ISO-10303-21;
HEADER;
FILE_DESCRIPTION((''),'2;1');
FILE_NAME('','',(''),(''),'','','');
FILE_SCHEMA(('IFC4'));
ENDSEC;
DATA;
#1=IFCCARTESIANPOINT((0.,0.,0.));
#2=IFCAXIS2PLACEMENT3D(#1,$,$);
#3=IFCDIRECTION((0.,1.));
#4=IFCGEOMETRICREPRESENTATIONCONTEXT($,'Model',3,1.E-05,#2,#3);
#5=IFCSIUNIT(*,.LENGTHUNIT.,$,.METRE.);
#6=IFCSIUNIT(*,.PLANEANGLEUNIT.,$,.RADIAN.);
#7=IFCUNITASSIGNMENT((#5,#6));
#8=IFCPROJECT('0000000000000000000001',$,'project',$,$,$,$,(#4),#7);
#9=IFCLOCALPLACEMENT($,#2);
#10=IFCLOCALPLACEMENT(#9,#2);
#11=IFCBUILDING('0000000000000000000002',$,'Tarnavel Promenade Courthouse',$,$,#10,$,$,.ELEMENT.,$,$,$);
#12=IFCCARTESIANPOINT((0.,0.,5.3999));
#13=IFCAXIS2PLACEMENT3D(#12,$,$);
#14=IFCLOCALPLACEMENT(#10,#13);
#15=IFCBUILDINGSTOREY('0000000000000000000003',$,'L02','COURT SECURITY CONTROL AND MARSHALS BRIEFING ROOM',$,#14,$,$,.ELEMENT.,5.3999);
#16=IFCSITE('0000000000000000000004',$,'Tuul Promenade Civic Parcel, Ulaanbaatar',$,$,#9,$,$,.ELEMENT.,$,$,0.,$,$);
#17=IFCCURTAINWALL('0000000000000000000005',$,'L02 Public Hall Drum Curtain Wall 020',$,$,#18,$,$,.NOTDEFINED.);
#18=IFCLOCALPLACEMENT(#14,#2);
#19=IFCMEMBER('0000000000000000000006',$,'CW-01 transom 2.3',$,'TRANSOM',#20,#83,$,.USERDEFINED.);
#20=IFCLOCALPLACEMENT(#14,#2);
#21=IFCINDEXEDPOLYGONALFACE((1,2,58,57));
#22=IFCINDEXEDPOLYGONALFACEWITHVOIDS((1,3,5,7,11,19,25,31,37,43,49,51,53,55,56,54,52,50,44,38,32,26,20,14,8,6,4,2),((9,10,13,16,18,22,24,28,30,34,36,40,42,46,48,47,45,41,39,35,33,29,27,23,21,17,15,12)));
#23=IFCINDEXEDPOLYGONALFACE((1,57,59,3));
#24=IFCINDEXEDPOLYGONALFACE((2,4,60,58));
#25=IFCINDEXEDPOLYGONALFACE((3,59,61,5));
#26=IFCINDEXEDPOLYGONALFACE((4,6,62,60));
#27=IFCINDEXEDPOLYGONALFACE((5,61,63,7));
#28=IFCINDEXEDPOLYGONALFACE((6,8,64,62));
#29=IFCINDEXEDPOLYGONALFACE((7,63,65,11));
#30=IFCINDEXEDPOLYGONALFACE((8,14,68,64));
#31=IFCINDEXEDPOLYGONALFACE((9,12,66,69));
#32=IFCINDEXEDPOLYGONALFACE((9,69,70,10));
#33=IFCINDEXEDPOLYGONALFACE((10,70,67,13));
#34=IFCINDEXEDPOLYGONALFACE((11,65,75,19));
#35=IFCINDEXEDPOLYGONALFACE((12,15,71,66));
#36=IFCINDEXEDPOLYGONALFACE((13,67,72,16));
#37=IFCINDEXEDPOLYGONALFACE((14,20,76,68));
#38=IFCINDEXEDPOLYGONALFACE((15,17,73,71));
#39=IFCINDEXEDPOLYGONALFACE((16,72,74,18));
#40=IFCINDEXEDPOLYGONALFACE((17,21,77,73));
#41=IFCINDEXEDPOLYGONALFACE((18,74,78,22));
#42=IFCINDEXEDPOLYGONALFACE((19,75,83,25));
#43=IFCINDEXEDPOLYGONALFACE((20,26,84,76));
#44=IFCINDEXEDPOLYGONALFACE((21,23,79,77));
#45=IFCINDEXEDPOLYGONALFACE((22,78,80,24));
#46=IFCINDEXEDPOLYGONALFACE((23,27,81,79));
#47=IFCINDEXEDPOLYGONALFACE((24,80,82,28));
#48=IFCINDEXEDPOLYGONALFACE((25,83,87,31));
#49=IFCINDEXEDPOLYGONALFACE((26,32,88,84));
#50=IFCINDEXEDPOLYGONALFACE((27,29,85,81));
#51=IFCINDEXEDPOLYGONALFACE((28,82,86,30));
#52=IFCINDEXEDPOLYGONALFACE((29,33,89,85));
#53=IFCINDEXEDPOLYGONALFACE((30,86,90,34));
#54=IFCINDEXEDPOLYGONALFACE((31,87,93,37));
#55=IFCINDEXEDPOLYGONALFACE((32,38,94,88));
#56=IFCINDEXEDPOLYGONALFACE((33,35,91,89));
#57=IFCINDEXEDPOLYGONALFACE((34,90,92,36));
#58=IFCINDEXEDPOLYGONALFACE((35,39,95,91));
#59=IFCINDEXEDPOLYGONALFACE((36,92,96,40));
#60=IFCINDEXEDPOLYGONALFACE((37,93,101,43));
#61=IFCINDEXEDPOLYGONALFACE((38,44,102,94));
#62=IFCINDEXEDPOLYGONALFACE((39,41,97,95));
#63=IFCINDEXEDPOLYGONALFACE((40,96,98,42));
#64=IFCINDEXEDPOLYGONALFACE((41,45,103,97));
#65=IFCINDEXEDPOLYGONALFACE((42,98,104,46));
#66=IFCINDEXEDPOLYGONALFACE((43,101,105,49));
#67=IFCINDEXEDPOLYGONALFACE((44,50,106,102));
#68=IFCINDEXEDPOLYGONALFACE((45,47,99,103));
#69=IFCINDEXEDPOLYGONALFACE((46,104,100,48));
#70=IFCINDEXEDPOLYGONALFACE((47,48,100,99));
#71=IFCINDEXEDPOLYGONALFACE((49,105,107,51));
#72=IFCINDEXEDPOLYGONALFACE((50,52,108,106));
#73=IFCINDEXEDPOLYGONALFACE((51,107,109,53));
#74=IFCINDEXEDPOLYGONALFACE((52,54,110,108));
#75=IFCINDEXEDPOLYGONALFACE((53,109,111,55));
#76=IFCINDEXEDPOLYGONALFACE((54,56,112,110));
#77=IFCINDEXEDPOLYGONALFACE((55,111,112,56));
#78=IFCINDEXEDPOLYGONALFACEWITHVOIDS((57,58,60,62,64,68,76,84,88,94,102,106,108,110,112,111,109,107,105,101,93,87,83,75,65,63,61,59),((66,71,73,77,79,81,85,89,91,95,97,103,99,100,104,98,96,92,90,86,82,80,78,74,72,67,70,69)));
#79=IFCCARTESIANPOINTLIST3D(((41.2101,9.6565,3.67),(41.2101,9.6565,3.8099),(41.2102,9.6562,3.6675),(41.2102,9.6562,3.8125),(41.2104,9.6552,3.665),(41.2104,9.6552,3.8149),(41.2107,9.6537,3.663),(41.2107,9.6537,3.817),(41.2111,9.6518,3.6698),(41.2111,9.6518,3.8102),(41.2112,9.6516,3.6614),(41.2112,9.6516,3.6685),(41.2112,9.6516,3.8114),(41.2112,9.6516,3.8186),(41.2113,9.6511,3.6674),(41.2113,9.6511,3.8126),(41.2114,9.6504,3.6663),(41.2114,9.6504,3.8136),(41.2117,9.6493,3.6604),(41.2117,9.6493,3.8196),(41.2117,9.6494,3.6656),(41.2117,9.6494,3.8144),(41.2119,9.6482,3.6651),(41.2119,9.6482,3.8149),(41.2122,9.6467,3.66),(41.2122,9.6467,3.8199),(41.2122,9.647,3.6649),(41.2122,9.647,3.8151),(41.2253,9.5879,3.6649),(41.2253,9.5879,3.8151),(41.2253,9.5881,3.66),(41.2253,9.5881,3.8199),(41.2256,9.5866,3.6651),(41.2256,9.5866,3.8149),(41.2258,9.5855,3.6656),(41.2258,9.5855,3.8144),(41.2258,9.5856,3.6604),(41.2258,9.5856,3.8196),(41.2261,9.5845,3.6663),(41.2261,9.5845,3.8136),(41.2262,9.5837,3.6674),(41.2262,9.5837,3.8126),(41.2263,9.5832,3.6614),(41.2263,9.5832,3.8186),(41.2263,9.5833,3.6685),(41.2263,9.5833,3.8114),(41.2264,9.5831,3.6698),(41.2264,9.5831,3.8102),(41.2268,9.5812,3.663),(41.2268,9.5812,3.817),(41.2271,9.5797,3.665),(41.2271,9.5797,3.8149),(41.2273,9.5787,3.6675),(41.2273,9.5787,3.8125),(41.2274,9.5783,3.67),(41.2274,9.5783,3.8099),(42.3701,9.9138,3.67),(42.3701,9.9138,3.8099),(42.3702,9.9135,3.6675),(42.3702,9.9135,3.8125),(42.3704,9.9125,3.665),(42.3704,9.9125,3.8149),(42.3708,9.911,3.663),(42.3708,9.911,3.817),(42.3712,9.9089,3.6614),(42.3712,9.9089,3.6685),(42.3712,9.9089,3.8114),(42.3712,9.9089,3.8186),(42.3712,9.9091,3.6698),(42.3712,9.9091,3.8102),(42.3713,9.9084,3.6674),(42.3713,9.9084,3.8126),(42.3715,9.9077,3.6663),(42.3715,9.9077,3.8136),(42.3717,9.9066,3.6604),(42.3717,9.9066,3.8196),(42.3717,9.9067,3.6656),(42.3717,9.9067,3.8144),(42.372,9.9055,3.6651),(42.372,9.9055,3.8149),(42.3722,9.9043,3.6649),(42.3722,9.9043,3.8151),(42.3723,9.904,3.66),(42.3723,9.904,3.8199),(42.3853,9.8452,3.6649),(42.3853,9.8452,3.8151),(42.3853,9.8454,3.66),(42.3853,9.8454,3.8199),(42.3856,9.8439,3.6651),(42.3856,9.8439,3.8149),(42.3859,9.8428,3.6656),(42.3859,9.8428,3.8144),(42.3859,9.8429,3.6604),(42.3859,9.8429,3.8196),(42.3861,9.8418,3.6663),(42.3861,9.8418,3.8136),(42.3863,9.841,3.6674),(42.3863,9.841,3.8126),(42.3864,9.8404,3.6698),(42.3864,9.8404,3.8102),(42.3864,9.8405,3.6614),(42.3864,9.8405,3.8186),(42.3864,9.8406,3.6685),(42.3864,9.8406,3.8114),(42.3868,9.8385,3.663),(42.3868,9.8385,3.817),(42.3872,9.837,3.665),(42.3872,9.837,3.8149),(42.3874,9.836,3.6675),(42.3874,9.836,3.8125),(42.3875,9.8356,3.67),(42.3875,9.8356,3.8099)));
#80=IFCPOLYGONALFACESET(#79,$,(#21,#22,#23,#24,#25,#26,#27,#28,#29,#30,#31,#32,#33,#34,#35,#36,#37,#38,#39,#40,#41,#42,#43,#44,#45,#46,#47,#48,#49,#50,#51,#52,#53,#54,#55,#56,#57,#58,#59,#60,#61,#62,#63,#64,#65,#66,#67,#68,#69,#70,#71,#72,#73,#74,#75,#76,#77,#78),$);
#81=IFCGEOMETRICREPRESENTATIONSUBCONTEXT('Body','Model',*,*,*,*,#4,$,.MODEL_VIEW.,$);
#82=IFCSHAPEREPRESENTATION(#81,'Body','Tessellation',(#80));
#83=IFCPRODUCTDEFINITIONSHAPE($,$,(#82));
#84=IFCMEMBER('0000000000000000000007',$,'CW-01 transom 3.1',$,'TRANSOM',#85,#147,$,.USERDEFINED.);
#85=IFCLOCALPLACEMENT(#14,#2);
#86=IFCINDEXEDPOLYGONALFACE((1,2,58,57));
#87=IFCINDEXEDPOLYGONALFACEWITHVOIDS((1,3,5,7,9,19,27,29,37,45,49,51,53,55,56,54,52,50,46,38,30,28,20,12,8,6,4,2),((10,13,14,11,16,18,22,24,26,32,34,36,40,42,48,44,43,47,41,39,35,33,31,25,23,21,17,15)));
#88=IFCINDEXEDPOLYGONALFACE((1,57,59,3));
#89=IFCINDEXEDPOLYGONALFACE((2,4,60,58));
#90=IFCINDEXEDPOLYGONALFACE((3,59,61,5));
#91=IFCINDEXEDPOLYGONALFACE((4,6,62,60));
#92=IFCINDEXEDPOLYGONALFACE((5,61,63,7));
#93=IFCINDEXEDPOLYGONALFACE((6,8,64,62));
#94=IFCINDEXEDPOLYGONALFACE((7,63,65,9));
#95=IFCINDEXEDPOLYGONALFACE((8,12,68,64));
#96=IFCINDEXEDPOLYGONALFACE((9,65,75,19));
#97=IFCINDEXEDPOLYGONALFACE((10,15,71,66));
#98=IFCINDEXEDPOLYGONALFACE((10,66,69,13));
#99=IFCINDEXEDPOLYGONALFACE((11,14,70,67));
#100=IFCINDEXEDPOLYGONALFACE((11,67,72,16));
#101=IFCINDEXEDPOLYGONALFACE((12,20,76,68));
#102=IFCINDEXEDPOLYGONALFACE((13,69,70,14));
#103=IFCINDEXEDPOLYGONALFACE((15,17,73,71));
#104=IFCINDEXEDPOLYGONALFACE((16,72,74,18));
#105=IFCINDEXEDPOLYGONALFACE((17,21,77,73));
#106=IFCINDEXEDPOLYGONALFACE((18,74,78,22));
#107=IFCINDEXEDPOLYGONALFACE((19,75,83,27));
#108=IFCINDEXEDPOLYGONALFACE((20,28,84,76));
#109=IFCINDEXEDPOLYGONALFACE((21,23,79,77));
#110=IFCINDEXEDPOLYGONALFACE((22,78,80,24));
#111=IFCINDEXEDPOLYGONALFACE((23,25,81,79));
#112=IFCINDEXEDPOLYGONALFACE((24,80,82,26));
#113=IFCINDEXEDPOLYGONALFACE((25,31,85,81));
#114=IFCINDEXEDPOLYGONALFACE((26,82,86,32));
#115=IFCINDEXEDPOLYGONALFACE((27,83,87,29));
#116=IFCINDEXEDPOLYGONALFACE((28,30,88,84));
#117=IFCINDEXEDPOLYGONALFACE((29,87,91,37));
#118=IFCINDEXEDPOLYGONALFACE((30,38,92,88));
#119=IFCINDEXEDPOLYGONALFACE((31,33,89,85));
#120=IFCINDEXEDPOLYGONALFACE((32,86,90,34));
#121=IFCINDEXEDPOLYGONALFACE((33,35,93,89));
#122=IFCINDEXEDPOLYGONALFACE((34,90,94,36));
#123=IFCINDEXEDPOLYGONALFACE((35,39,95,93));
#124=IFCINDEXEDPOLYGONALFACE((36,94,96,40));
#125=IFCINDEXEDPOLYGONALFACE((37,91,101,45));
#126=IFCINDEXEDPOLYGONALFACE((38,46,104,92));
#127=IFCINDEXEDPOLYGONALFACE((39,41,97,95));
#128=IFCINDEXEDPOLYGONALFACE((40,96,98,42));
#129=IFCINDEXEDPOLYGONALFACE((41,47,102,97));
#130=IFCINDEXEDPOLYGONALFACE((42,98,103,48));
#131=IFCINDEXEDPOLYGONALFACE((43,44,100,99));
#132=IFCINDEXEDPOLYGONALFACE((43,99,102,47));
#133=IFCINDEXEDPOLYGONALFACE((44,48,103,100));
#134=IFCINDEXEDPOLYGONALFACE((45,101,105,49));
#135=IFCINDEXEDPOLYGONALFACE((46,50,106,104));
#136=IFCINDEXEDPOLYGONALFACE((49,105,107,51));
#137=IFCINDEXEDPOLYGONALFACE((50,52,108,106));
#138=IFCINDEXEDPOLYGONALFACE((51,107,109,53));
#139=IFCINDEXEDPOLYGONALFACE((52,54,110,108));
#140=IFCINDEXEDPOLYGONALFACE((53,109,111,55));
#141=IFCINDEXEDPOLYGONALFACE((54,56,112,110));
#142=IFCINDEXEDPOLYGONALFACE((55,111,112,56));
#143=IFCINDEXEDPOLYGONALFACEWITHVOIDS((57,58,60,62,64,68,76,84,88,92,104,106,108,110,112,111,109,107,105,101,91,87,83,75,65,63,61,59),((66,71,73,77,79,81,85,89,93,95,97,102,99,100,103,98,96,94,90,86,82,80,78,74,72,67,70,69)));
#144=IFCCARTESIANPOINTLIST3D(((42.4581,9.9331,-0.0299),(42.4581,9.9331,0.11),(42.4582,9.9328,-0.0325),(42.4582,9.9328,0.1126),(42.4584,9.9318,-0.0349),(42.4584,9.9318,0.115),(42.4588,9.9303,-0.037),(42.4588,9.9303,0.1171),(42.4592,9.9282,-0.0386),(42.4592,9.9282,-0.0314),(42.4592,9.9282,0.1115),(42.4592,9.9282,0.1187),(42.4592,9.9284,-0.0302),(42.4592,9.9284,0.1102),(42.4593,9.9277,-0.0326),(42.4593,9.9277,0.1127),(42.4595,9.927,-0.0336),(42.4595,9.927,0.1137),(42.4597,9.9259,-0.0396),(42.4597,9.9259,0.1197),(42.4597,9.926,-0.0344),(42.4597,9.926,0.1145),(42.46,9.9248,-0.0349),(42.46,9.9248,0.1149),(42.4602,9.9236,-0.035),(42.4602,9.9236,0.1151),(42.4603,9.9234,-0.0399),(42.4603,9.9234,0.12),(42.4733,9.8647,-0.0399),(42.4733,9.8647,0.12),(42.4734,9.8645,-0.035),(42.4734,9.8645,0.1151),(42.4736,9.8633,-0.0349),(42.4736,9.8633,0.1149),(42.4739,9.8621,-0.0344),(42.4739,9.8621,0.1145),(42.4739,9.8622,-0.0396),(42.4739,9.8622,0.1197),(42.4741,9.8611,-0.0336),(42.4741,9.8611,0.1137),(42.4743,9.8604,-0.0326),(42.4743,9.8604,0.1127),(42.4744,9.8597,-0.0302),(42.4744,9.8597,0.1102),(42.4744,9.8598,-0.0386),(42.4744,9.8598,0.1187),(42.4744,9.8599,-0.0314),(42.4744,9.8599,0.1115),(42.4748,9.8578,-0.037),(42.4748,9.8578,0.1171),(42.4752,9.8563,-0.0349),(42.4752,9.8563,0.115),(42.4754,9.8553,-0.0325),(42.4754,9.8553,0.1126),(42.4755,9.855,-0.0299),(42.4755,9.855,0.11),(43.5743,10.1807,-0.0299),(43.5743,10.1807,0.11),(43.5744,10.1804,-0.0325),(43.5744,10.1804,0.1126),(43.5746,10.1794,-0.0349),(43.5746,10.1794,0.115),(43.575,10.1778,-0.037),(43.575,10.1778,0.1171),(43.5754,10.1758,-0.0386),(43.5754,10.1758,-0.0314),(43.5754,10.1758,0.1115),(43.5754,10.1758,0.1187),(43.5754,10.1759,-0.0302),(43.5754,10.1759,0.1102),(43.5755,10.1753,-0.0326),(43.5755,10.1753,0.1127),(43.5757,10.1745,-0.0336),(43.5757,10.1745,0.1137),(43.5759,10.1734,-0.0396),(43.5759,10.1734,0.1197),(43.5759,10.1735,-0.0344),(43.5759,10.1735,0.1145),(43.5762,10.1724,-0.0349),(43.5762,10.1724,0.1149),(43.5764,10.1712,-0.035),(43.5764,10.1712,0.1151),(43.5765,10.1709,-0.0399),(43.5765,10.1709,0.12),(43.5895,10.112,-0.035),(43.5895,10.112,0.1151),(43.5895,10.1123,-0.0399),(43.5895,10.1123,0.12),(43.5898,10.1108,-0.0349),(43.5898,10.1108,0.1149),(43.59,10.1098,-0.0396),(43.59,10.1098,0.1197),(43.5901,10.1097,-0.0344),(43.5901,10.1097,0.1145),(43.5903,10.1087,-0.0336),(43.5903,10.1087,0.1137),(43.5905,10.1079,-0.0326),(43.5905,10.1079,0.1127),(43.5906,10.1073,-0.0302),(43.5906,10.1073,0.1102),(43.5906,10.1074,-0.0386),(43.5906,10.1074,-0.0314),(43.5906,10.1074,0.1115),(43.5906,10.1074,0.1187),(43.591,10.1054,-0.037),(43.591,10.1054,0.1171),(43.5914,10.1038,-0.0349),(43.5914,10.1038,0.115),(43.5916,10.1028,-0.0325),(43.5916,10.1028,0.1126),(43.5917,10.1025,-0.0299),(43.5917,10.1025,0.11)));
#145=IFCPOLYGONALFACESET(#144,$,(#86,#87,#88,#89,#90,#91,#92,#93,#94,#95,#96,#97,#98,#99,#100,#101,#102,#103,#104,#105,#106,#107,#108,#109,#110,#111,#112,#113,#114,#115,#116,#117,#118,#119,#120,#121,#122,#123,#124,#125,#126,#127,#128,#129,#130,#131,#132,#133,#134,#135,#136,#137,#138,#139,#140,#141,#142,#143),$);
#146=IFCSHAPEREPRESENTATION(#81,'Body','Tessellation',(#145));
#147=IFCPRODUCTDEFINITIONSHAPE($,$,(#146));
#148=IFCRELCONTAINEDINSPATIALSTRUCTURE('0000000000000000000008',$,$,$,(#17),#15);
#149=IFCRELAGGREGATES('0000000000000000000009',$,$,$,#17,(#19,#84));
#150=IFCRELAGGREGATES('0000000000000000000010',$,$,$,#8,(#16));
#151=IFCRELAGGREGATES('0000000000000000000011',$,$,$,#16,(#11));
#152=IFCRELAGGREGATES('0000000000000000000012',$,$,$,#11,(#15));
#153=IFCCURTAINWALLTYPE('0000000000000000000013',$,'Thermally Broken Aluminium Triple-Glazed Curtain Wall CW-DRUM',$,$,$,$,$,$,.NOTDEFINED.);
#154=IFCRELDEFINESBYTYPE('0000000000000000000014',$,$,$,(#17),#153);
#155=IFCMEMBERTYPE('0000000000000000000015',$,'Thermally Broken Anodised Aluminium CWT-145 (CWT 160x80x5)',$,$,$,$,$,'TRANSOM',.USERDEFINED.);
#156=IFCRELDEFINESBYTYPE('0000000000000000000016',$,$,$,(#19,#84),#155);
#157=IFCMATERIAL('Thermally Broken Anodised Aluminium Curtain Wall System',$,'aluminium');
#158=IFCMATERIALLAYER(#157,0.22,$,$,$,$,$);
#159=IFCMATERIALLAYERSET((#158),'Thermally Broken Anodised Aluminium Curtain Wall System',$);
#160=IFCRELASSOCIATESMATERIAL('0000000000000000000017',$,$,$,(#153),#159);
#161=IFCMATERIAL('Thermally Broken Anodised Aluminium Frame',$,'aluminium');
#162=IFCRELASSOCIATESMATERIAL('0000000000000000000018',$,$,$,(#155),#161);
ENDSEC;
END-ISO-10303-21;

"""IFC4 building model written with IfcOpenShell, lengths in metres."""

from ifc_helpers import new_model, si_unit, direction, frame, origin, origin_2d, place, context, subcontext, project, spatial, hollow_rectangle, extrude, material, layer, layer_set, material_profile, profile_set, type_object, element, aggregate, save


model = new_model("IFC4")

# Units and contexts
model_context = context("Model", 3, precision=1e-05, world=origin(), true_north=direction((0.0, 1.0)))
body_context = subcontext(model_context, "Body", "Model", "MODEL_VIEW")
ifc_project = project(units=[si_unit("LENGTHUNIT", "METRE"), si_unit("PLANEANGLEUNIT", "RADIAN")], contexts=[model_context])

# Site, building, storey
site_placement = place(None, origin())
site = spatial("IfcSite", under=ifc_project, at=site_placement, Name="Tuul Promenade Civic Parcel, Ulaanbaatar", CompositionType="ELEMENT", RefElevation=0.0)
building_placement = place(site_placement, origin())
building = spatial("IfcBuilding", under=site, at=building_placement, Name="Tarnavel Promenade Courthouse", CompositionType="ELEMENT")
storey_placement = place(building_placement, frame((0.0, 0.0, 5.3999)))
storey = spatial("IfcBuildingStorey", under=building, at=storey_placement, Name="L02", Description="COURT SECURITY CONTROL AND MARSHALS BRIEFING ROOM", CompositionType="ELEMENT", Elevation=5.3999)

# Curtain wall
ifc_material_1 = material(Name="Thermally Broken Anodised Aluminium Curtain Wall System", Category="aluminium")
ifc_layer_1 = layer(ifc_material_1, 0.22)
ifc_layer_set_1 = layer_set([ifc_layer_1], Name="Thermally Broken Anodised Aluminium Curtain Wall System")
curtain_wall_type = type_object("IfcCurtainWallType", Name="Thermally Broken Aluminium Triple-Glazed Curtain Wall CW-DRUM", PredefinedType="NOTDEFINED", material=ifc_layer_set_1)
curtain_wall_1_placement = place(storey_placement, origin())
curtain_wall_1 = element("IfcCurtainWall", 1, at=curtain_wall_1_placement, inside=storey, type_object=curtain_wall_type, Name="L02 Public Hall Drum Curtain Wall 020", PredefinedType="NOTDEFINED")
ifc_material_2 = material(Name="Thermally Broken Anodised Aluminium Frame", Category="aluminium")

# Members
ifc_material_profile_1 = material_profile(ifc_material_2, hollow_rectangle(XDim=0.0801, YDim=0.1599, WallThickness=0.0049, InnerFilletRadius=0.0049, OuterFilletRadius=0.01, at=origin_2d()), Name="CWT 160x80x5")
ifc_profile_set_1 = profile_set([ifc_material_profile_1], Name="Thermally Broken Anodised Aluminium Frame")
member_type_1 = type_object("IfcMemberType", Name="Thermally Broken Anodised Aluminium CWT-145 (CWT 160x80x5)", ElementType="TRANSOM", PredefinedType="USERDEFINED", material=ifc_profile_set_1)
member_1_placement = place(storey_placement, frame((41.2188, 9.6174, 3.74), z_axis=(0.976274, 0.216539, 0.0), x_axis=(-0.216539, 0.976274, 0.0)))
member_1 = element("IfcMember", 2, at=member_1_placement, type_object=member_type_1, Name="CW-01 transom 2.3", ObjectType="TRANSOM", PredefinedType="USERDEFINED", context=body_context, shape_type="SweptSolid", body=[
    extrude(hollow_rectangle(XDim=0.0801, YDim=0.1599, WallThickness=0.0049, InnerFilletRadius=0.0049, OuterFilletRadius=0.01, at=origin_2d()), origin(), (0.0, 0.0, 1.0), 1.1882),
])
member_2_placement = place(storey_placement, frame((42.4668, 9.894, 0.04), z_axis=(0.976277, 0.216523, 0.0), x_axis=(-0.216523, 0.976277, 0.0)))
member_2 = element("IfcMember", 3, at=member_2_placement, type_object=member_type_1, Name="CW-01 transom 3.1", ObjectType="TRANSOM", PredefinedType="USERDEFINED", context=body_context, shape_type="SweptSolid", body=[
    extrude(hollow_rectangle(XDim=0.0801, YDim=0.1599, WallThickness=0.0049, InnerFilletRadius=0.0049, OuterFilletRadius=0.01, at=origin_2d()), origin(), (0.0, 0.0, 1.0), 1.1433),
])

aggregate(curtain_wall_1, [member_1, member_2])

save(model, "model.ifc")
